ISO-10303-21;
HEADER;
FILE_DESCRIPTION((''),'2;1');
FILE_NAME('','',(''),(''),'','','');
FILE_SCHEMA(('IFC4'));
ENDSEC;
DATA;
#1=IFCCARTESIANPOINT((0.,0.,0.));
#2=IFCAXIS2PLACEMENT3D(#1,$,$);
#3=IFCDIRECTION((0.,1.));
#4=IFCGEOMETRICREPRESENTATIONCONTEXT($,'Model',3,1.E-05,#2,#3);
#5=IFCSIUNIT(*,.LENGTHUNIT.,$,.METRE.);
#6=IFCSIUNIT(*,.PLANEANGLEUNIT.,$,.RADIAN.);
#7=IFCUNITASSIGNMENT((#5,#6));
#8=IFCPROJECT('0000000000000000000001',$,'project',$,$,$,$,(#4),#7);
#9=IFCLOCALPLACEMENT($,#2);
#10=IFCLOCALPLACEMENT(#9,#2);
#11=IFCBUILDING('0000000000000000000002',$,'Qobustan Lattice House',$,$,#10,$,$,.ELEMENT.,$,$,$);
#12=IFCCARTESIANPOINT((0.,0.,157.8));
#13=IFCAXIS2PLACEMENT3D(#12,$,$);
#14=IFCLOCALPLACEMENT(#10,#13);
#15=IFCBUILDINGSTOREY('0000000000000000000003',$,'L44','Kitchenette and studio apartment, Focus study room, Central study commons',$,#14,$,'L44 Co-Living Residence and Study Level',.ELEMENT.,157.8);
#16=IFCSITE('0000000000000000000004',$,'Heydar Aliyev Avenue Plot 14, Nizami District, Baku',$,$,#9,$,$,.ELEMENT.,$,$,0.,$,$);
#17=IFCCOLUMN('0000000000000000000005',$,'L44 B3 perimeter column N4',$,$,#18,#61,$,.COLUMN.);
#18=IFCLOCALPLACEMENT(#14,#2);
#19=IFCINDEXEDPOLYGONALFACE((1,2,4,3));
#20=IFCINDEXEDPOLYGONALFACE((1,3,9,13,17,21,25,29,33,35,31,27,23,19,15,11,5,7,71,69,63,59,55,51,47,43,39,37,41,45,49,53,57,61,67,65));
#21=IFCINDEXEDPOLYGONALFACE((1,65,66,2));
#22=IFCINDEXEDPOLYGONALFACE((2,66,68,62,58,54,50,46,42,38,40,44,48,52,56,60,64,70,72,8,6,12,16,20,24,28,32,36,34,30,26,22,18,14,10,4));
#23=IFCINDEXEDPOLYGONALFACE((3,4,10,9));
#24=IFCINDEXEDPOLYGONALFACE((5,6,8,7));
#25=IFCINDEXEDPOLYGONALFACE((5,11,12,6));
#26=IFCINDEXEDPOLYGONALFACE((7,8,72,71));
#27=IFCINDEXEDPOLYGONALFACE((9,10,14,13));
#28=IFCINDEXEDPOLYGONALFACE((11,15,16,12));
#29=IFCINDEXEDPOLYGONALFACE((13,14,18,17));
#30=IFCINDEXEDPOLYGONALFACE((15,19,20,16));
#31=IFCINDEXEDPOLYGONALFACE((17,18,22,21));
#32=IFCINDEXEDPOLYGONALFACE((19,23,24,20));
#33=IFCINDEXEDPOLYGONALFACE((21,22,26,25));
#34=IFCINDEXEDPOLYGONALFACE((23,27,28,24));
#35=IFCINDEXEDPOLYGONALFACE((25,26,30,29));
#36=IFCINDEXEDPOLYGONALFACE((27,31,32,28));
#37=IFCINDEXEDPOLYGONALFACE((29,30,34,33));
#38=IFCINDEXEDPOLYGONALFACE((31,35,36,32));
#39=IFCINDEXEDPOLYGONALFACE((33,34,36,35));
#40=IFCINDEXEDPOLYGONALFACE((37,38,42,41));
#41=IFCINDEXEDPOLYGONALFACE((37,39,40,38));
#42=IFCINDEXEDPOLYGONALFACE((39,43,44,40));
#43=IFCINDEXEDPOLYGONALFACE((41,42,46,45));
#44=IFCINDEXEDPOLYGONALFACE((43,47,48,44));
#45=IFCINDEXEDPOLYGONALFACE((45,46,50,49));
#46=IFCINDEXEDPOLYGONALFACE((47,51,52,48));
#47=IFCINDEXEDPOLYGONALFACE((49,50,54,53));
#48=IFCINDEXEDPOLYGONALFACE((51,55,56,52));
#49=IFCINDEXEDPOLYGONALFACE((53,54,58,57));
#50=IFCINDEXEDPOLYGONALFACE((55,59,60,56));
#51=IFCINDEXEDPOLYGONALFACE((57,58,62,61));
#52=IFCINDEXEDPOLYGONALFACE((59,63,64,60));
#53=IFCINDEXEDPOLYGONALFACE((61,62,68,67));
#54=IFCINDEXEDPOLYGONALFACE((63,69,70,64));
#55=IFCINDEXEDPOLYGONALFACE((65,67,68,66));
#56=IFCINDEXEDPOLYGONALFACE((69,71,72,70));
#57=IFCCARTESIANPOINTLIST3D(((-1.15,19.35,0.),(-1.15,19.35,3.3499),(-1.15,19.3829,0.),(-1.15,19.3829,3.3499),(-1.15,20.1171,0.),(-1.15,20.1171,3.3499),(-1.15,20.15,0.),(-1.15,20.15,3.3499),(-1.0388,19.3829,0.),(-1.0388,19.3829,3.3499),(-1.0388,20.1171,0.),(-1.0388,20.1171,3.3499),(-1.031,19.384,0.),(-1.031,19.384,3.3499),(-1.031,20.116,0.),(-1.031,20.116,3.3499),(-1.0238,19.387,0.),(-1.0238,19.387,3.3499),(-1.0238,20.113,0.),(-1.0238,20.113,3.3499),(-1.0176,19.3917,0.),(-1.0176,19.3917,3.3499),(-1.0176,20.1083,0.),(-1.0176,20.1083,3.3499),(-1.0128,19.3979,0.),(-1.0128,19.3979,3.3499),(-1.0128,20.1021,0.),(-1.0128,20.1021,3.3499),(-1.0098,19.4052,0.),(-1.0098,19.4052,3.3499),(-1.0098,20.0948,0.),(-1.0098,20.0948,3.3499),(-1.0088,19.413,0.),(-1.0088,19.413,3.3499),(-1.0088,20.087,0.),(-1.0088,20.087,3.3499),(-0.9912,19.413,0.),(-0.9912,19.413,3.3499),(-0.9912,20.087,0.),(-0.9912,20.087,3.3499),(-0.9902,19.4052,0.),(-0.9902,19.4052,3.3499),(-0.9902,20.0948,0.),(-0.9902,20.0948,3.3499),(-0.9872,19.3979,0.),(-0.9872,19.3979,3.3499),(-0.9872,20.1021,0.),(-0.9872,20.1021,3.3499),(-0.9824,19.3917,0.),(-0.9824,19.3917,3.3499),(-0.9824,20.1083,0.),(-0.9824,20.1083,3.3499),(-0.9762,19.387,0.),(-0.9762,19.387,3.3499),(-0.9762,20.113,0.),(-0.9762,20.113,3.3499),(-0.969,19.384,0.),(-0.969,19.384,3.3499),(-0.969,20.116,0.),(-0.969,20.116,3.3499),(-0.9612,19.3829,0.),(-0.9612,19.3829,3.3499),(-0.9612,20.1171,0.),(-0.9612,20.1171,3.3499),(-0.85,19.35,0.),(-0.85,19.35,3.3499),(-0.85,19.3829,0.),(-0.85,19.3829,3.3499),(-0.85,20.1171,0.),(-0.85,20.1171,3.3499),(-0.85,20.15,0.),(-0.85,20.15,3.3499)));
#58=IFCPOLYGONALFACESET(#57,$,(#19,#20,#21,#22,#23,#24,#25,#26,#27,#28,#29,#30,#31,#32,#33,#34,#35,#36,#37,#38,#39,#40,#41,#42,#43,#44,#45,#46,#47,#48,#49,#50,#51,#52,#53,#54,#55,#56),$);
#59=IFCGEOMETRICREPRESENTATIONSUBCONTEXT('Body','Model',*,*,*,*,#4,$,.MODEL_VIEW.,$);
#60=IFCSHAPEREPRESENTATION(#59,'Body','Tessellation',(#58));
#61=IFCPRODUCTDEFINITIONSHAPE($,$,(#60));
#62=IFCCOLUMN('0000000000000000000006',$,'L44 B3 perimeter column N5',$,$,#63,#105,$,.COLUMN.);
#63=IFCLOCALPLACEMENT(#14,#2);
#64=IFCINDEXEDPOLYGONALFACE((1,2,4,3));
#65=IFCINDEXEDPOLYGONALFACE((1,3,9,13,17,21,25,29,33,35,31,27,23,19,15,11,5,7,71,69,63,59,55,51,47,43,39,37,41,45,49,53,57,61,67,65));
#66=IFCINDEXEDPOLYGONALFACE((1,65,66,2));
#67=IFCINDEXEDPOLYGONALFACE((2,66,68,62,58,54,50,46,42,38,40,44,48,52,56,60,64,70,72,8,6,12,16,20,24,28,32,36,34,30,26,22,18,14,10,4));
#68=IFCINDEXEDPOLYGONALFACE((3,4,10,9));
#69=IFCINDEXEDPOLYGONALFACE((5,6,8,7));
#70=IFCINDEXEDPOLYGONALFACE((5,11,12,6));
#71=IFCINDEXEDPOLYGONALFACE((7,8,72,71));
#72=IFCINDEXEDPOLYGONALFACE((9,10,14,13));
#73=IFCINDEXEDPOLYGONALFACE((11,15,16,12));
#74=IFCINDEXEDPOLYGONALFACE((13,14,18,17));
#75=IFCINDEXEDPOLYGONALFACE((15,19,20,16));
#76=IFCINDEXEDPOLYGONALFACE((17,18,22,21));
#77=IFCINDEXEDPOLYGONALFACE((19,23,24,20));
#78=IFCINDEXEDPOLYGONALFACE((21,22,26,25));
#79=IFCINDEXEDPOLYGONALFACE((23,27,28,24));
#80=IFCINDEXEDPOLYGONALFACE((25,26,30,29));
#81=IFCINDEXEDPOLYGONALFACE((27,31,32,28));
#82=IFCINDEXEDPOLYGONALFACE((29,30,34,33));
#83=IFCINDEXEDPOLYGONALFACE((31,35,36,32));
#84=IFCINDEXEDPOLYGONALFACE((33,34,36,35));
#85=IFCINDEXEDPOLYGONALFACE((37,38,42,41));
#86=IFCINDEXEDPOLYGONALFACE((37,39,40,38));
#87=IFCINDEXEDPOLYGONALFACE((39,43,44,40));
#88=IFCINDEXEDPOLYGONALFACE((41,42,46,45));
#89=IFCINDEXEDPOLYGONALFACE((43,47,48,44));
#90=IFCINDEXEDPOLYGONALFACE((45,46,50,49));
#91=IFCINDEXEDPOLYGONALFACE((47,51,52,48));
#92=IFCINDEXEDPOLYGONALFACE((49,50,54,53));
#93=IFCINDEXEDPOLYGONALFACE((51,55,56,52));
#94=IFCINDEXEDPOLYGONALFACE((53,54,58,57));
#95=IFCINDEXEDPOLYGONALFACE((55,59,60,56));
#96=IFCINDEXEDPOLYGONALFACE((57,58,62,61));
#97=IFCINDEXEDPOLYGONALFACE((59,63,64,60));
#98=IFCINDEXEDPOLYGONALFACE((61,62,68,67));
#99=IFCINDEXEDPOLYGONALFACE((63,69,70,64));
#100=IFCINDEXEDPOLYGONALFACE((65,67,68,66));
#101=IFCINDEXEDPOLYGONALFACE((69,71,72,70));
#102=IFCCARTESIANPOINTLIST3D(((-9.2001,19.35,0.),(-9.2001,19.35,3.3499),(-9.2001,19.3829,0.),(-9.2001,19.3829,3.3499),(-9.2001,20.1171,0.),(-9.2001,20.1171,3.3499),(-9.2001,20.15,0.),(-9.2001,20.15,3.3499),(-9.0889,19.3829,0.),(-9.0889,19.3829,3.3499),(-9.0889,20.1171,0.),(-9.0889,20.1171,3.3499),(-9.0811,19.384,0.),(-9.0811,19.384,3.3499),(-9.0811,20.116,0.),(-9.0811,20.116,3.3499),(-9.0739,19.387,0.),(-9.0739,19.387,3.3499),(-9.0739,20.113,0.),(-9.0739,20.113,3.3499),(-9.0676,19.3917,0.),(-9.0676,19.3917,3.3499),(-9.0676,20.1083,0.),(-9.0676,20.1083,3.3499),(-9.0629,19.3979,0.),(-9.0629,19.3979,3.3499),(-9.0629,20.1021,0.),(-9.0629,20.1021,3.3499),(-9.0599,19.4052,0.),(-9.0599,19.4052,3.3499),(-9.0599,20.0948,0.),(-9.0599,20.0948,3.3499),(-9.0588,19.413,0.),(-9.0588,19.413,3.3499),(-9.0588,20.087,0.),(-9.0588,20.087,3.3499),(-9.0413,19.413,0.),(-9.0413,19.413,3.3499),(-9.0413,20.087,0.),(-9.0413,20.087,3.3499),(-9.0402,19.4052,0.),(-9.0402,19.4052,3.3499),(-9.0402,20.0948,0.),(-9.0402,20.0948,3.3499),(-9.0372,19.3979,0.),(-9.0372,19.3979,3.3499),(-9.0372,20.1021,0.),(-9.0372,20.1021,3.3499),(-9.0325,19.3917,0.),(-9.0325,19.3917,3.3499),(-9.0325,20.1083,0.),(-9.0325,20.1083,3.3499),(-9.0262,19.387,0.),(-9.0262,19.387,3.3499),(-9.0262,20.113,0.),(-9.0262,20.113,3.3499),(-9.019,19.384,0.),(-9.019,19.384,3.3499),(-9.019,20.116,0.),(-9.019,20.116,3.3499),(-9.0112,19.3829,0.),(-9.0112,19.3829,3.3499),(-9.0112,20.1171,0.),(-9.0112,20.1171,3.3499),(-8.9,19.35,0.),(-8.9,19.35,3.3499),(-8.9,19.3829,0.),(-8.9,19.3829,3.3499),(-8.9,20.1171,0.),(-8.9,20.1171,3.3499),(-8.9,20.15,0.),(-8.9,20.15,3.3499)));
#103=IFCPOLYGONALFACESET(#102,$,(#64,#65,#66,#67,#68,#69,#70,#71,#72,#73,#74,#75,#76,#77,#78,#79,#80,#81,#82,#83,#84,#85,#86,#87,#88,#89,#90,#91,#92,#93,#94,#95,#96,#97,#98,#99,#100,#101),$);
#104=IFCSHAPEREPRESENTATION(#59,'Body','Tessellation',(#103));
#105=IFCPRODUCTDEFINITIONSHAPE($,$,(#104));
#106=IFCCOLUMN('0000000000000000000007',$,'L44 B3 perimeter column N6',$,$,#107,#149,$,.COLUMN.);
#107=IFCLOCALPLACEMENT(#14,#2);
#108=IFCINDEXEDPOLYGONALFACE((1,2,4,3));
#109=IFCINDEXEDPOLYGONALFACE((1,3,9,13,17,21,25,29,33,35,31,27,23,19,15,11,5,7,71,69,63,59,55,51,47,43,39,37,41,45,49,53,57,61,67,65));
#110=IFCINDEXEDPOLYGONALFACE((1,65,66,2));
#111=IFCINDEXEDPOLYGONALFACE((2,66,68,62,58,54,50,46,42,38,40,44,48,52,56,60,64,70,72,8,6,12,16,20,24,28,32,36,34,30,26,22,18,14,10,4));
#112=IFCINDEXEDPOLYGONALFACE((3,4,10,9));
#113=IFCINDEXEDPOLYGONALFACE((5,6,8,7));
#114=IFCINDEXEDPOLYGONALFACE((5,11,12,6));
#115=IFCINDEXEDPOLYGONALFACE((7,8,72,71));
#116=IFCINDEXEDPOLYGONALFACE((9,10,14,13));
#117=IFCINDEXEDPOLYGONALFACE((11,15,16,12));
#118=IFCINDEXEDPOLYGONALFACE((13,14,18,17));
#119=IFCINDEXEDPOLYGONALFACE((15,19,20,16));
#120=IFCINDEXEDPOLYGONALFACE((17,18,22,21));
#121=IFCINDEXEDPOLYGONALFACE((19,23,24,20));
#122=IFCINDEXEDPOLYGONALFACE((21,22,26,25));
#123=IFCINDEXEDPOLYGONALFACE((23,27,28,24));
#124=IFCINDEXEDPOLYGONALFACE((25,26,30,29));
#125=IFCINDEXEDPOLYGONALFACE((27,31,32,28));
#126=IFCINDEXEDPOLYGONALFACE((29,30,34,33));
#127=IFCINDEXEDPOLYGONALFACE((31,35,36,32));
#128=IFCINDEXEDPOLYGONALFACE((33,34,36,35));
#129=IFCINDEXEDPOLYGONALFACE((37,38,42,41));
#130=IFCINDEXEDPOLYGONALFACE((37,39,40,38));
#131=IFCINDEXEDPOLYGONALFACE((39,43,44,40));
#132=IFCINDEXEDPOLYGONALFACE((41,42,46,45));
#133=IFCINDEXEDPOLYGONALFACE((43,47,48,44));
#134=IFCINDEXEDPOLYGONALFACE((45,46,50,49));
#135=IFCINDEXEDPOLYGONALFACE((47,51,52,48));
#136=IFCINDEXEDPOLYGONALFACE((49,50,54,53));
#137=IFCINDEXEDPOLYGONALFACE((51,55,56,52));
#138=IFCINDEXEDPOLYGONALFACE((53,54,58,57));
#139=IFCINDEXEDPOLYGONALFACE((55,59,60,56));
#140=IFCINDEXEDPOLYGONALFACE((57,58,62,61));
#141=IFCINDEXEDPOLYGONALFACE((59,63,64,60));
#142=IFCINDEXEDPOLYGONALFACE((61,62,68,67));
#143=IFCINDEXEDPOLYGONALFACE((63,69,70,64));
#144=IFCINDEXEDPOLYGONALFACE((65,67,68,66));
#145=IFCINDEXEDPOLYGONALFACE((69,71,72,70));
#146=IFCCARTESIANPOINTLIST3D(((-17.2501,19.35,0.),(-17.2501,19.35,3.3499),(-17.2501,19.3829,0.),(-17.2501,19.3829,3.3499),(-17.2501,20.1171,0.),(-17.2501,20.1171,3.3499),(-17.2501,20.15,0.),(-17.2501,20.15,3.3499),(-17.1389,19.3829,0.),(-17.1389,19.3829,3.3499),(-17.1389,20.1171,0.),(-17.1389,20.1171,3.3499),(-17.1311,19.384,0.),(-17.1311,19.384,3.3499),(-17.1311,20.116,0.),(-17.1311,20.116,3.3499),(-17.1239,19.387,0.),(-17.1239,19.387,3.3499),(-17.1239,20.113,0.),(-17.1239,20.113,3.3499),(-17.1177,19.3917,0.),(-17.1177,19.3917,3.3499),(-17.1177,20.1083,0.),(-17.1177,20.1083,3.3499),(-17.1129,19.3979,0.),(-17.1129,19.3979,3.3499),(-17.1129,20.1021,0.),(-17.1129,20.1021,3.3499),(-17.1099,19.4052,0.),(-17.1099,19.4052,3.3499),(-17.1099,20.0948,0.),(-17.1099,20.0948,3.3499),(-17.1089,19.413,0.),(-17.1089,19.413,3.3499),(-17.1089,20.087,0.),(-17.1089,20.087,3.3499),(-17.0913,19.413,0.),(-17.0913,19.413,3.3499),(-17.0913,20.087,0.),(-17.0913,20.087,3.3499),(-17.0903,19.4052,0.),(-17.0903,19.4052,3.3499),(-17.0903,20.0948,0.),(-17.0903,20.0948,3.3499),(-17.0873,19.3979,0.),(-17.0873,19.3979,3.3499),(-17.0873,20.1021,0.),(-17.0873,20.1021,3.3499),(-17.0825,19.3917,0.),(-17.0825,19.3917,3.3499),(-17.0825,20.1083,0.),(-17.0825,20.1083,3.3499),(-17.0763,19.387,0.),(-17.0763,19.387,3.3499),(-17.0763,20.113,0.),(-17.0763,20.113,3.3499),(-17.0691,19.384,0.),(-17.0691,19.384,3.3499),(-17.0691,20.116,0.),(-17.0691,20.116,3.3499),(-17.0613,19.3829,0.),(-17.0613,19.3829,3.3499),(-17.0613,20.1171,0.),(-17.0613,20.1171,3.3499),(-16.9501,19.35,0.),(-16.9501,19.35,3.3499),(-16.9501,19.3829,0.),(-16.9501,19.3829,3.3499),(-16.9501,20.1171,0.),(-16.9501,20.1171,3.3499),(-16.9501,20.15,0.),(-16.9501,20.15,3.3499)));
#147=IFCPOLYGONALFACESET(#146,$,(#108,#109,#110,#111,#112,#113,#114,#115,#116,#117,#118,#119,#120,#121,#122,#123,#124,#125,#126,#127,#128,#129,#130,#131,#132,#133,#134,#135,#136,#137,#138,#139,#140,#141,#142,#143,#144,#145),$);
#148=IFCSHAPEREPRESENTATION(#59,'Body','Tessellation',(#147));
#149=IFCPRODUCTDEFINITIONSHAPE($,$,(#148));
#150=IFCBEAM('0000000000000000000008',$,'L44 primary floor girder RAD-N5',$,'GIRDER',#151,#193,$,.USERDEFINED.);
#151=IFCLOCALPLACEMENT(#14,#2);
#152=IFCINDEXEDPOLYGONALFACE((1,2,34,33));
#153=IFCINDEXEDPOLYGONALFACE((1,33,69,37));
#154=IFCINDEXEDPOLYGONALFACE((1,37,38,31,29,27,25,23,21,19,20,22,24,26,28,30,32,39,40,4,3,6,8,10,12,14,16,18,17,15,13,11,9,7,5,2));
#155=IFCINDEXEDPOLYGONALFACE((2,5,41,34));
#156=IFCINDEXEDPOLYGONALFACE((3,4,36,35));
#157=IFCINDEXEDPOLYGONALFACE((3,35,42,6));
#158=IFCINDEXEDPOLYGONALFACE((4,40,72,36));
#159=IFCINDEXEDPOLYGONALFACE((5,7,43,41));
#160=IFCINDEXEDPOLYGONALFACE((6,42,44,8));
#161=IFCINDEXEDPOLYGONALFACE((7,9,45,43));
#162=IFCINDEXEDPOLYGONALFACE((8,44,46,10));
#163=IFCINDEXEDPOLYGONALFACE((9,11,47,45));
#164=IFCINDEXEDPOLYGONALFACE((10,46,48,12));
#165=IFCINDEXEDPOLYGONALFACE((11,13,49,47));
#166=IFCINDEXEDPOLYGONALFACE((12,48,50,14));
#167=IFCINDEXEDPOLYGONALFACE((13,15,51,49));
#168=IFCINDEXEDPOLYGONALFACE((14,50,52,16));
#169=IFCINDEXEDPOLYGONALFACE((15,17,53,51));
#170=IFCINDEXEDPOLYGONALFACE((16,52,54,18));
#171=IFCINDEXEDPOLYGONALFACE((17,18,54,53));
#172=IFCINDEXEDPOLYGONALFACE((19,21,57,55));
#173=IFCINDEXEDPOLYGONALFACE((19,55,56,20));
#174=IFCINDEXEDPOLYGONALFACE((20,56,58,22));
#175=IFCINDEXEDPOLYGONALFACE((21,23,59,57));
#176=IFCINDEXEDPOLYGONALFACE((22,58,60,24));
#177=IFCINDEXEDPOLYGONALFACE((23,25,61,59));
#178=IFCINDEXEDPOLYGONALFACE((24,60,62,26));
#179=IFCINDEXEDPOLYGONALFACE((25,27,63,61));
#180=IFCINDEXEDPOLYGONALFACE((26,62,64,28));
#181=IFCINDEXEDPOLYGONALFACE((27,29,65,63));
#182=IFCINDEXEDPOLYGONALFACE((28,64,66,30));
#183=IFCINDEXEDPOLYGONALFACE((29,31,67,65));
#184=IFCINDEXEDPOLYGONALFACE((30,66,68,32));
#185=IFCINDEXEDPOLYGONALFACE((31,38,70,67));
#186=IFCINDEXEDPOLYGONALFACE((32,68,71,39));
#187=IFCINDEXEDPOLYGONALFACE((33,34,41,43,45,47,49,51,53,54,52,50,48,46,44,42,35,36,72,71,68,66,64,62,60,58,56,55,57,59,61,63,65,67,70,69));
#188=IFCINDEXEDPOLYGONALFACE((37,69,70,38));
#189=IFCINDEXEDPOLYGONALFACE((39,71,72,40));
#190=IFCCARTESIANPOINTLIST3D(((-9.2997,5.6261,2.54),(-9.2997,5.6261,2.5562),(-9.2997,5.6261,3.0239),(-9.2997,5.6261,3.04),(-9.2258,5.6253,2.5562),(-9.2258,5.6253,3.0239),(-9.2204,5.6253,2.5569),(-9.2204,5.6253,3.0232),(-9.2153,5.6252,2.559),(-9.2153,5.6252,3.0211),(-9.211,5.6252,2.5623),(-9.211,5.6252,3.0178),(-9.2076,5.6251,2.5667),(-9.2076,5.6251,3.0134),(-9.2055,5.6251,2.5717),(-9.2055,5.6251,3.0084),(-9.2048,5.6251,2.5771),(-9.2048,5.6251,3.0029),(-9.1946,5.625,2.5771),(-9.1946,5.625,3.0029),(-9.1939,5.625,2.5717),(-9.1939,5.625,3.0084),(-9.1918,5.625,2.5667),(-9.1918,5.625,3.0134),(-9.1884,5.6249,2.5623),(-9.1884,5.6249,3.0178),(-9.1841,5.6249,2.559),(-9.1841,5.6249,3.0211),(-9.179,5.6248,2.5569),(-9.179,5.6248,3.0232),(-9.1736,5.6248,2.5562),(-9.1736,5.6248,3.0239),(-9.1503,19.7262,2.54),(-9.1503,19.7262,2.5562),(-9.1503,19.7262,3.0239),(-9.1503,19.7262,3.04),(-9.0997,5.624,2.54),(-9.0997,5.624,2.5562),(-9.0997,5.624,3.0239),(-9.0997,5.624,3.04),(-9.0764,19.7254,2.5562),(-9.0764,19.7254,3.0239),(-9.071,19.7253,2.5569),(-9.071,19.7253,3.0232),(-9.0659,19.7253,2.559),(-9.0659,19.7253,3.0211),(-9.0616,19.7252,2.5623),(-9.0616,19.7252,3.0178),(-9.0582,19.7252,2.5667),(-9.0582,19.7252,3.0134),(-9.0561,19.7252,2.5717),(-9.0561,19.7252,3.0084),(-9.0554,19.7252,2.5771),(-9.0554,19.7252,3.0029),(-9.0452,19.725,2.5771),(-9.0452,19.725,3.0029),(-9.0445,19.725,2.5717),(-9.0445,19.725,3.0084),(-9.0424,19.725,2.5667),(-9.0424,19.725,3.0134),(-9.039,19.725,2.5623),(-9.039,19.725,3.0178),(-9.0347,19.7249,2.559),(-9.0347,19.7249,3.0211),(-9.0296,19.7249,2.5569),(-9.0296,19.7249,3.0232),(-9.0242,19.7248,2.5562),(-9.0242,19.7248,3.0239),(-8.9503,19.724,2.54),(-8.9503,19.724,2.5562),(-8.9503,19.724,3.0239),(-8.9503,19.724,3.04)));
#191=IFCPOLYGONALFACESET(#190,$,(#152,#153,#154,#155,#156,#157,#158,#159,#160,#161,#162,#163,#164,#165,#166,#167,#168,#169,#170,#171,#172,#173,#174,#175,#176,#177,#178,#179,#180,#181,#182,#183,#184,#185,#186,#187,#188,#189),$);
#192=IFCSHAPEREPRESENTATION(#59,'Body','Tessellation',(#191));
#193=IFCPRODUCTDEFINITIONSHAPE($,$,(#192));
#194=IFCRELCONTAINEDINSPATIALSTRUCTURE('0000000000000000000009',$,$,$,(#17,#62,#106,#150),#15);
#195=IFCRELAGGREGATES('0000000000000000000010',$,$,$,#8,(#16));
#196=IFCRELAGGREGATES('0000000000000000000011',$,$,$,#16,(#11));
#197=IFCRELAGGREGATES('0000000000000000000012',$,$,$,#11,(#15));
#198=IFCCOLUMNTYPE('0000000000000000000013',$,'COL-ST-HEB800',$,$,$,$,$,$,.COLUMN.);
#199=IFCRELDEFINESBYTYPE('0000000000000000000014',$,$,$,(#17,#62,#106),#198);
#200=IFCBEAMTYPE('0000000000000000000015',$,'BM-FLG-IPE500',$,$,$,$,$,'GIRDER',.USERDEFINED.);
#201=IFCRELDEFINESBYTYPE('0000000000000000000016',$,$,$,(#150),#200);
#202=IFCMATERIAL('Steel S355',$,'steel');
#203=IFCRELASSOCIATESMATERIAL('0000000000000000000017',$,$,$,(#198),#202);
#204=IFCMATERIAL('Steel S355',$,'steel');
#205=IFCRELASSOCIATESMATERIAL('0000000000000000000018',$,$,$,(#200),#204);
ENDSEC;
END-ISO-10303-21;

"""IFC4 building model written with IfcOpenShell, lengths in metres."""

from ifc_helpers import new_model, si_unit, direction, frame, origin, origin_2d, place, context, subcontext, project, spatial, i_section, extrude, material, material_profile, profile_set, type_object, element, save


model = new_model("IFC4")

# Units and contexts
model_context = context("Model", 3, precision=1e-05, world=origin(), true_north=direction((0.0, 1.0)))
body_context = subcontext(model_context, "Body", "Model", "MODEL_VIEW")
ifc_project = project(units=[si_unit("LENGTHUNIT", "METRE"), si_unit("PLANEANGLEUNIT", "RADIAN")], contexts=[model_context])

# Site, building, storey
site_placement = place(None, origin())
site = spatial("IfcSite", under=ifc_project, at=site_placement, Name="Heydar Aliyev Avenue Plot 14, Nizami District, Baku", CompositionType="ELEMENT", RefElevation=0.0)
building_placement = place(site_placement, origin())
building = spatial("IfcBuilding", under=site, at=building_placement, Name="Qobustan Lattice House", CompositionType="ELEMENT")
storey_placement = place(building_placement, frame((0.0, 0.0, 157.8)))
storey = spatial("IfcBuildingStorey", under=building, at=storey_placement, Name="L44", Description="Kitchenette and studio apartment, Focus study room, Central study commons", LongName="L44 Co-Living Residence and Study Level", CompositionType="ELEMENT", Elevation=157.8)

# Columns
ifc_material_1 = material(Name="Steel S355", Category="steel")
ifc_material_profile_1 = material_profile(ifc_material_1, i_section(OverallWidth=0.3, OverallDepth=0.8, WebThickness=0.0176, FlangeThickness=0.033, FilletRadius=0.03, at=origin_2d()), Name="HEB800")
ifc_profile_set_1 = profile_set([ifc_material_profile_1], Name="Steel S355")
column_type = type_object("IfcColumnType", Name="COL-ST-HEB800", PredefinedType="COLUMN", material=ifc_profile_set_1)
for number, where, z_axis, x_axis, name in (
    (1, (-1.0, 19.75, 0.0), (0.0, 0.0, 1.0), (1.0, 0.0, 0.0), "L44 B3 perimeter column N4"),
    (2, (-9.05, 19.75, 0.0), (0.0, 0.0, 1.0), (1.0, 0.0, 0.0), "L44 B3 perimeter column N5"),
    (3, (-17.1001, 19.75, 0.0), (0.0, 0.0, 1.0), (1.0, 0.0, 0.0), "L44 B3 perimeter column N6"),
):
    element("IfcColumn", number, at=place(storey_placement, frame(where, z_axis=z_axis, x_axis=x_axis)), inside=storey, type_object=column_type, Name=name, PredefinedType="COLUMN", context=body_context, shape_type="SweptSolid", body=[
        extrude(i_section(OverallWidth=0.3, OverallDepth=0.8, WebThickness=0.0176, FlangeThickness=0.033, FilletRadius=0.03, at=origin_2d()), origin(), (0.0, 0.0, 1.0), 3.3499),
    ])

# Beam
ifc_material_2 = material(Name="Steel S355", Category="steel")
ifc_material_profile_2 = material_profile(ifc_material_2, i_section(OverallWidth=0.2, OverallDepth=0.5, WebThickness=0.0103, FlangeThickness=0.0161, FilletRadius=0.021, at=origin_2d()), Name="IPE500")
ifc_profile_set_2 = profile_set([ifc_material_profile_2], Name="Steel S355")
beam_type_1 = type_object("IfcBeamType", Name="BM-FLG-IPE500", ElementType="GIRDER", PredefinedType="USERDEFINED", material=ifc_profile_set_2)
beam_1_placement = place(storey_placement, frame((-9.0503, 19.7251, 2.79), z_axis=(-0.010596, -0.999944, 0.0), x_axis=(0.999944, -0.010596, 0.0)))
element("IfcBeam", 4, at=beam_1_placement, inside=storey, type_object=beam_type_1, Name="L44 primary floor girder RAD-N5", ObjectType="GIRDER", PredefinedType="USERDEFINED", context=body_context, shape_type="SweptSolid", body=[
    extrude(i_section(OverallWidth=0.2, OverallDepth=0.5, WebThickness=0.0103, FlangeThickness=0.0161, FilletRadius=0.021, at=origin_2d()), origin(), (0.0, 0.0, 1.0), 14.1008),
])

save(model, "model.ifc")
